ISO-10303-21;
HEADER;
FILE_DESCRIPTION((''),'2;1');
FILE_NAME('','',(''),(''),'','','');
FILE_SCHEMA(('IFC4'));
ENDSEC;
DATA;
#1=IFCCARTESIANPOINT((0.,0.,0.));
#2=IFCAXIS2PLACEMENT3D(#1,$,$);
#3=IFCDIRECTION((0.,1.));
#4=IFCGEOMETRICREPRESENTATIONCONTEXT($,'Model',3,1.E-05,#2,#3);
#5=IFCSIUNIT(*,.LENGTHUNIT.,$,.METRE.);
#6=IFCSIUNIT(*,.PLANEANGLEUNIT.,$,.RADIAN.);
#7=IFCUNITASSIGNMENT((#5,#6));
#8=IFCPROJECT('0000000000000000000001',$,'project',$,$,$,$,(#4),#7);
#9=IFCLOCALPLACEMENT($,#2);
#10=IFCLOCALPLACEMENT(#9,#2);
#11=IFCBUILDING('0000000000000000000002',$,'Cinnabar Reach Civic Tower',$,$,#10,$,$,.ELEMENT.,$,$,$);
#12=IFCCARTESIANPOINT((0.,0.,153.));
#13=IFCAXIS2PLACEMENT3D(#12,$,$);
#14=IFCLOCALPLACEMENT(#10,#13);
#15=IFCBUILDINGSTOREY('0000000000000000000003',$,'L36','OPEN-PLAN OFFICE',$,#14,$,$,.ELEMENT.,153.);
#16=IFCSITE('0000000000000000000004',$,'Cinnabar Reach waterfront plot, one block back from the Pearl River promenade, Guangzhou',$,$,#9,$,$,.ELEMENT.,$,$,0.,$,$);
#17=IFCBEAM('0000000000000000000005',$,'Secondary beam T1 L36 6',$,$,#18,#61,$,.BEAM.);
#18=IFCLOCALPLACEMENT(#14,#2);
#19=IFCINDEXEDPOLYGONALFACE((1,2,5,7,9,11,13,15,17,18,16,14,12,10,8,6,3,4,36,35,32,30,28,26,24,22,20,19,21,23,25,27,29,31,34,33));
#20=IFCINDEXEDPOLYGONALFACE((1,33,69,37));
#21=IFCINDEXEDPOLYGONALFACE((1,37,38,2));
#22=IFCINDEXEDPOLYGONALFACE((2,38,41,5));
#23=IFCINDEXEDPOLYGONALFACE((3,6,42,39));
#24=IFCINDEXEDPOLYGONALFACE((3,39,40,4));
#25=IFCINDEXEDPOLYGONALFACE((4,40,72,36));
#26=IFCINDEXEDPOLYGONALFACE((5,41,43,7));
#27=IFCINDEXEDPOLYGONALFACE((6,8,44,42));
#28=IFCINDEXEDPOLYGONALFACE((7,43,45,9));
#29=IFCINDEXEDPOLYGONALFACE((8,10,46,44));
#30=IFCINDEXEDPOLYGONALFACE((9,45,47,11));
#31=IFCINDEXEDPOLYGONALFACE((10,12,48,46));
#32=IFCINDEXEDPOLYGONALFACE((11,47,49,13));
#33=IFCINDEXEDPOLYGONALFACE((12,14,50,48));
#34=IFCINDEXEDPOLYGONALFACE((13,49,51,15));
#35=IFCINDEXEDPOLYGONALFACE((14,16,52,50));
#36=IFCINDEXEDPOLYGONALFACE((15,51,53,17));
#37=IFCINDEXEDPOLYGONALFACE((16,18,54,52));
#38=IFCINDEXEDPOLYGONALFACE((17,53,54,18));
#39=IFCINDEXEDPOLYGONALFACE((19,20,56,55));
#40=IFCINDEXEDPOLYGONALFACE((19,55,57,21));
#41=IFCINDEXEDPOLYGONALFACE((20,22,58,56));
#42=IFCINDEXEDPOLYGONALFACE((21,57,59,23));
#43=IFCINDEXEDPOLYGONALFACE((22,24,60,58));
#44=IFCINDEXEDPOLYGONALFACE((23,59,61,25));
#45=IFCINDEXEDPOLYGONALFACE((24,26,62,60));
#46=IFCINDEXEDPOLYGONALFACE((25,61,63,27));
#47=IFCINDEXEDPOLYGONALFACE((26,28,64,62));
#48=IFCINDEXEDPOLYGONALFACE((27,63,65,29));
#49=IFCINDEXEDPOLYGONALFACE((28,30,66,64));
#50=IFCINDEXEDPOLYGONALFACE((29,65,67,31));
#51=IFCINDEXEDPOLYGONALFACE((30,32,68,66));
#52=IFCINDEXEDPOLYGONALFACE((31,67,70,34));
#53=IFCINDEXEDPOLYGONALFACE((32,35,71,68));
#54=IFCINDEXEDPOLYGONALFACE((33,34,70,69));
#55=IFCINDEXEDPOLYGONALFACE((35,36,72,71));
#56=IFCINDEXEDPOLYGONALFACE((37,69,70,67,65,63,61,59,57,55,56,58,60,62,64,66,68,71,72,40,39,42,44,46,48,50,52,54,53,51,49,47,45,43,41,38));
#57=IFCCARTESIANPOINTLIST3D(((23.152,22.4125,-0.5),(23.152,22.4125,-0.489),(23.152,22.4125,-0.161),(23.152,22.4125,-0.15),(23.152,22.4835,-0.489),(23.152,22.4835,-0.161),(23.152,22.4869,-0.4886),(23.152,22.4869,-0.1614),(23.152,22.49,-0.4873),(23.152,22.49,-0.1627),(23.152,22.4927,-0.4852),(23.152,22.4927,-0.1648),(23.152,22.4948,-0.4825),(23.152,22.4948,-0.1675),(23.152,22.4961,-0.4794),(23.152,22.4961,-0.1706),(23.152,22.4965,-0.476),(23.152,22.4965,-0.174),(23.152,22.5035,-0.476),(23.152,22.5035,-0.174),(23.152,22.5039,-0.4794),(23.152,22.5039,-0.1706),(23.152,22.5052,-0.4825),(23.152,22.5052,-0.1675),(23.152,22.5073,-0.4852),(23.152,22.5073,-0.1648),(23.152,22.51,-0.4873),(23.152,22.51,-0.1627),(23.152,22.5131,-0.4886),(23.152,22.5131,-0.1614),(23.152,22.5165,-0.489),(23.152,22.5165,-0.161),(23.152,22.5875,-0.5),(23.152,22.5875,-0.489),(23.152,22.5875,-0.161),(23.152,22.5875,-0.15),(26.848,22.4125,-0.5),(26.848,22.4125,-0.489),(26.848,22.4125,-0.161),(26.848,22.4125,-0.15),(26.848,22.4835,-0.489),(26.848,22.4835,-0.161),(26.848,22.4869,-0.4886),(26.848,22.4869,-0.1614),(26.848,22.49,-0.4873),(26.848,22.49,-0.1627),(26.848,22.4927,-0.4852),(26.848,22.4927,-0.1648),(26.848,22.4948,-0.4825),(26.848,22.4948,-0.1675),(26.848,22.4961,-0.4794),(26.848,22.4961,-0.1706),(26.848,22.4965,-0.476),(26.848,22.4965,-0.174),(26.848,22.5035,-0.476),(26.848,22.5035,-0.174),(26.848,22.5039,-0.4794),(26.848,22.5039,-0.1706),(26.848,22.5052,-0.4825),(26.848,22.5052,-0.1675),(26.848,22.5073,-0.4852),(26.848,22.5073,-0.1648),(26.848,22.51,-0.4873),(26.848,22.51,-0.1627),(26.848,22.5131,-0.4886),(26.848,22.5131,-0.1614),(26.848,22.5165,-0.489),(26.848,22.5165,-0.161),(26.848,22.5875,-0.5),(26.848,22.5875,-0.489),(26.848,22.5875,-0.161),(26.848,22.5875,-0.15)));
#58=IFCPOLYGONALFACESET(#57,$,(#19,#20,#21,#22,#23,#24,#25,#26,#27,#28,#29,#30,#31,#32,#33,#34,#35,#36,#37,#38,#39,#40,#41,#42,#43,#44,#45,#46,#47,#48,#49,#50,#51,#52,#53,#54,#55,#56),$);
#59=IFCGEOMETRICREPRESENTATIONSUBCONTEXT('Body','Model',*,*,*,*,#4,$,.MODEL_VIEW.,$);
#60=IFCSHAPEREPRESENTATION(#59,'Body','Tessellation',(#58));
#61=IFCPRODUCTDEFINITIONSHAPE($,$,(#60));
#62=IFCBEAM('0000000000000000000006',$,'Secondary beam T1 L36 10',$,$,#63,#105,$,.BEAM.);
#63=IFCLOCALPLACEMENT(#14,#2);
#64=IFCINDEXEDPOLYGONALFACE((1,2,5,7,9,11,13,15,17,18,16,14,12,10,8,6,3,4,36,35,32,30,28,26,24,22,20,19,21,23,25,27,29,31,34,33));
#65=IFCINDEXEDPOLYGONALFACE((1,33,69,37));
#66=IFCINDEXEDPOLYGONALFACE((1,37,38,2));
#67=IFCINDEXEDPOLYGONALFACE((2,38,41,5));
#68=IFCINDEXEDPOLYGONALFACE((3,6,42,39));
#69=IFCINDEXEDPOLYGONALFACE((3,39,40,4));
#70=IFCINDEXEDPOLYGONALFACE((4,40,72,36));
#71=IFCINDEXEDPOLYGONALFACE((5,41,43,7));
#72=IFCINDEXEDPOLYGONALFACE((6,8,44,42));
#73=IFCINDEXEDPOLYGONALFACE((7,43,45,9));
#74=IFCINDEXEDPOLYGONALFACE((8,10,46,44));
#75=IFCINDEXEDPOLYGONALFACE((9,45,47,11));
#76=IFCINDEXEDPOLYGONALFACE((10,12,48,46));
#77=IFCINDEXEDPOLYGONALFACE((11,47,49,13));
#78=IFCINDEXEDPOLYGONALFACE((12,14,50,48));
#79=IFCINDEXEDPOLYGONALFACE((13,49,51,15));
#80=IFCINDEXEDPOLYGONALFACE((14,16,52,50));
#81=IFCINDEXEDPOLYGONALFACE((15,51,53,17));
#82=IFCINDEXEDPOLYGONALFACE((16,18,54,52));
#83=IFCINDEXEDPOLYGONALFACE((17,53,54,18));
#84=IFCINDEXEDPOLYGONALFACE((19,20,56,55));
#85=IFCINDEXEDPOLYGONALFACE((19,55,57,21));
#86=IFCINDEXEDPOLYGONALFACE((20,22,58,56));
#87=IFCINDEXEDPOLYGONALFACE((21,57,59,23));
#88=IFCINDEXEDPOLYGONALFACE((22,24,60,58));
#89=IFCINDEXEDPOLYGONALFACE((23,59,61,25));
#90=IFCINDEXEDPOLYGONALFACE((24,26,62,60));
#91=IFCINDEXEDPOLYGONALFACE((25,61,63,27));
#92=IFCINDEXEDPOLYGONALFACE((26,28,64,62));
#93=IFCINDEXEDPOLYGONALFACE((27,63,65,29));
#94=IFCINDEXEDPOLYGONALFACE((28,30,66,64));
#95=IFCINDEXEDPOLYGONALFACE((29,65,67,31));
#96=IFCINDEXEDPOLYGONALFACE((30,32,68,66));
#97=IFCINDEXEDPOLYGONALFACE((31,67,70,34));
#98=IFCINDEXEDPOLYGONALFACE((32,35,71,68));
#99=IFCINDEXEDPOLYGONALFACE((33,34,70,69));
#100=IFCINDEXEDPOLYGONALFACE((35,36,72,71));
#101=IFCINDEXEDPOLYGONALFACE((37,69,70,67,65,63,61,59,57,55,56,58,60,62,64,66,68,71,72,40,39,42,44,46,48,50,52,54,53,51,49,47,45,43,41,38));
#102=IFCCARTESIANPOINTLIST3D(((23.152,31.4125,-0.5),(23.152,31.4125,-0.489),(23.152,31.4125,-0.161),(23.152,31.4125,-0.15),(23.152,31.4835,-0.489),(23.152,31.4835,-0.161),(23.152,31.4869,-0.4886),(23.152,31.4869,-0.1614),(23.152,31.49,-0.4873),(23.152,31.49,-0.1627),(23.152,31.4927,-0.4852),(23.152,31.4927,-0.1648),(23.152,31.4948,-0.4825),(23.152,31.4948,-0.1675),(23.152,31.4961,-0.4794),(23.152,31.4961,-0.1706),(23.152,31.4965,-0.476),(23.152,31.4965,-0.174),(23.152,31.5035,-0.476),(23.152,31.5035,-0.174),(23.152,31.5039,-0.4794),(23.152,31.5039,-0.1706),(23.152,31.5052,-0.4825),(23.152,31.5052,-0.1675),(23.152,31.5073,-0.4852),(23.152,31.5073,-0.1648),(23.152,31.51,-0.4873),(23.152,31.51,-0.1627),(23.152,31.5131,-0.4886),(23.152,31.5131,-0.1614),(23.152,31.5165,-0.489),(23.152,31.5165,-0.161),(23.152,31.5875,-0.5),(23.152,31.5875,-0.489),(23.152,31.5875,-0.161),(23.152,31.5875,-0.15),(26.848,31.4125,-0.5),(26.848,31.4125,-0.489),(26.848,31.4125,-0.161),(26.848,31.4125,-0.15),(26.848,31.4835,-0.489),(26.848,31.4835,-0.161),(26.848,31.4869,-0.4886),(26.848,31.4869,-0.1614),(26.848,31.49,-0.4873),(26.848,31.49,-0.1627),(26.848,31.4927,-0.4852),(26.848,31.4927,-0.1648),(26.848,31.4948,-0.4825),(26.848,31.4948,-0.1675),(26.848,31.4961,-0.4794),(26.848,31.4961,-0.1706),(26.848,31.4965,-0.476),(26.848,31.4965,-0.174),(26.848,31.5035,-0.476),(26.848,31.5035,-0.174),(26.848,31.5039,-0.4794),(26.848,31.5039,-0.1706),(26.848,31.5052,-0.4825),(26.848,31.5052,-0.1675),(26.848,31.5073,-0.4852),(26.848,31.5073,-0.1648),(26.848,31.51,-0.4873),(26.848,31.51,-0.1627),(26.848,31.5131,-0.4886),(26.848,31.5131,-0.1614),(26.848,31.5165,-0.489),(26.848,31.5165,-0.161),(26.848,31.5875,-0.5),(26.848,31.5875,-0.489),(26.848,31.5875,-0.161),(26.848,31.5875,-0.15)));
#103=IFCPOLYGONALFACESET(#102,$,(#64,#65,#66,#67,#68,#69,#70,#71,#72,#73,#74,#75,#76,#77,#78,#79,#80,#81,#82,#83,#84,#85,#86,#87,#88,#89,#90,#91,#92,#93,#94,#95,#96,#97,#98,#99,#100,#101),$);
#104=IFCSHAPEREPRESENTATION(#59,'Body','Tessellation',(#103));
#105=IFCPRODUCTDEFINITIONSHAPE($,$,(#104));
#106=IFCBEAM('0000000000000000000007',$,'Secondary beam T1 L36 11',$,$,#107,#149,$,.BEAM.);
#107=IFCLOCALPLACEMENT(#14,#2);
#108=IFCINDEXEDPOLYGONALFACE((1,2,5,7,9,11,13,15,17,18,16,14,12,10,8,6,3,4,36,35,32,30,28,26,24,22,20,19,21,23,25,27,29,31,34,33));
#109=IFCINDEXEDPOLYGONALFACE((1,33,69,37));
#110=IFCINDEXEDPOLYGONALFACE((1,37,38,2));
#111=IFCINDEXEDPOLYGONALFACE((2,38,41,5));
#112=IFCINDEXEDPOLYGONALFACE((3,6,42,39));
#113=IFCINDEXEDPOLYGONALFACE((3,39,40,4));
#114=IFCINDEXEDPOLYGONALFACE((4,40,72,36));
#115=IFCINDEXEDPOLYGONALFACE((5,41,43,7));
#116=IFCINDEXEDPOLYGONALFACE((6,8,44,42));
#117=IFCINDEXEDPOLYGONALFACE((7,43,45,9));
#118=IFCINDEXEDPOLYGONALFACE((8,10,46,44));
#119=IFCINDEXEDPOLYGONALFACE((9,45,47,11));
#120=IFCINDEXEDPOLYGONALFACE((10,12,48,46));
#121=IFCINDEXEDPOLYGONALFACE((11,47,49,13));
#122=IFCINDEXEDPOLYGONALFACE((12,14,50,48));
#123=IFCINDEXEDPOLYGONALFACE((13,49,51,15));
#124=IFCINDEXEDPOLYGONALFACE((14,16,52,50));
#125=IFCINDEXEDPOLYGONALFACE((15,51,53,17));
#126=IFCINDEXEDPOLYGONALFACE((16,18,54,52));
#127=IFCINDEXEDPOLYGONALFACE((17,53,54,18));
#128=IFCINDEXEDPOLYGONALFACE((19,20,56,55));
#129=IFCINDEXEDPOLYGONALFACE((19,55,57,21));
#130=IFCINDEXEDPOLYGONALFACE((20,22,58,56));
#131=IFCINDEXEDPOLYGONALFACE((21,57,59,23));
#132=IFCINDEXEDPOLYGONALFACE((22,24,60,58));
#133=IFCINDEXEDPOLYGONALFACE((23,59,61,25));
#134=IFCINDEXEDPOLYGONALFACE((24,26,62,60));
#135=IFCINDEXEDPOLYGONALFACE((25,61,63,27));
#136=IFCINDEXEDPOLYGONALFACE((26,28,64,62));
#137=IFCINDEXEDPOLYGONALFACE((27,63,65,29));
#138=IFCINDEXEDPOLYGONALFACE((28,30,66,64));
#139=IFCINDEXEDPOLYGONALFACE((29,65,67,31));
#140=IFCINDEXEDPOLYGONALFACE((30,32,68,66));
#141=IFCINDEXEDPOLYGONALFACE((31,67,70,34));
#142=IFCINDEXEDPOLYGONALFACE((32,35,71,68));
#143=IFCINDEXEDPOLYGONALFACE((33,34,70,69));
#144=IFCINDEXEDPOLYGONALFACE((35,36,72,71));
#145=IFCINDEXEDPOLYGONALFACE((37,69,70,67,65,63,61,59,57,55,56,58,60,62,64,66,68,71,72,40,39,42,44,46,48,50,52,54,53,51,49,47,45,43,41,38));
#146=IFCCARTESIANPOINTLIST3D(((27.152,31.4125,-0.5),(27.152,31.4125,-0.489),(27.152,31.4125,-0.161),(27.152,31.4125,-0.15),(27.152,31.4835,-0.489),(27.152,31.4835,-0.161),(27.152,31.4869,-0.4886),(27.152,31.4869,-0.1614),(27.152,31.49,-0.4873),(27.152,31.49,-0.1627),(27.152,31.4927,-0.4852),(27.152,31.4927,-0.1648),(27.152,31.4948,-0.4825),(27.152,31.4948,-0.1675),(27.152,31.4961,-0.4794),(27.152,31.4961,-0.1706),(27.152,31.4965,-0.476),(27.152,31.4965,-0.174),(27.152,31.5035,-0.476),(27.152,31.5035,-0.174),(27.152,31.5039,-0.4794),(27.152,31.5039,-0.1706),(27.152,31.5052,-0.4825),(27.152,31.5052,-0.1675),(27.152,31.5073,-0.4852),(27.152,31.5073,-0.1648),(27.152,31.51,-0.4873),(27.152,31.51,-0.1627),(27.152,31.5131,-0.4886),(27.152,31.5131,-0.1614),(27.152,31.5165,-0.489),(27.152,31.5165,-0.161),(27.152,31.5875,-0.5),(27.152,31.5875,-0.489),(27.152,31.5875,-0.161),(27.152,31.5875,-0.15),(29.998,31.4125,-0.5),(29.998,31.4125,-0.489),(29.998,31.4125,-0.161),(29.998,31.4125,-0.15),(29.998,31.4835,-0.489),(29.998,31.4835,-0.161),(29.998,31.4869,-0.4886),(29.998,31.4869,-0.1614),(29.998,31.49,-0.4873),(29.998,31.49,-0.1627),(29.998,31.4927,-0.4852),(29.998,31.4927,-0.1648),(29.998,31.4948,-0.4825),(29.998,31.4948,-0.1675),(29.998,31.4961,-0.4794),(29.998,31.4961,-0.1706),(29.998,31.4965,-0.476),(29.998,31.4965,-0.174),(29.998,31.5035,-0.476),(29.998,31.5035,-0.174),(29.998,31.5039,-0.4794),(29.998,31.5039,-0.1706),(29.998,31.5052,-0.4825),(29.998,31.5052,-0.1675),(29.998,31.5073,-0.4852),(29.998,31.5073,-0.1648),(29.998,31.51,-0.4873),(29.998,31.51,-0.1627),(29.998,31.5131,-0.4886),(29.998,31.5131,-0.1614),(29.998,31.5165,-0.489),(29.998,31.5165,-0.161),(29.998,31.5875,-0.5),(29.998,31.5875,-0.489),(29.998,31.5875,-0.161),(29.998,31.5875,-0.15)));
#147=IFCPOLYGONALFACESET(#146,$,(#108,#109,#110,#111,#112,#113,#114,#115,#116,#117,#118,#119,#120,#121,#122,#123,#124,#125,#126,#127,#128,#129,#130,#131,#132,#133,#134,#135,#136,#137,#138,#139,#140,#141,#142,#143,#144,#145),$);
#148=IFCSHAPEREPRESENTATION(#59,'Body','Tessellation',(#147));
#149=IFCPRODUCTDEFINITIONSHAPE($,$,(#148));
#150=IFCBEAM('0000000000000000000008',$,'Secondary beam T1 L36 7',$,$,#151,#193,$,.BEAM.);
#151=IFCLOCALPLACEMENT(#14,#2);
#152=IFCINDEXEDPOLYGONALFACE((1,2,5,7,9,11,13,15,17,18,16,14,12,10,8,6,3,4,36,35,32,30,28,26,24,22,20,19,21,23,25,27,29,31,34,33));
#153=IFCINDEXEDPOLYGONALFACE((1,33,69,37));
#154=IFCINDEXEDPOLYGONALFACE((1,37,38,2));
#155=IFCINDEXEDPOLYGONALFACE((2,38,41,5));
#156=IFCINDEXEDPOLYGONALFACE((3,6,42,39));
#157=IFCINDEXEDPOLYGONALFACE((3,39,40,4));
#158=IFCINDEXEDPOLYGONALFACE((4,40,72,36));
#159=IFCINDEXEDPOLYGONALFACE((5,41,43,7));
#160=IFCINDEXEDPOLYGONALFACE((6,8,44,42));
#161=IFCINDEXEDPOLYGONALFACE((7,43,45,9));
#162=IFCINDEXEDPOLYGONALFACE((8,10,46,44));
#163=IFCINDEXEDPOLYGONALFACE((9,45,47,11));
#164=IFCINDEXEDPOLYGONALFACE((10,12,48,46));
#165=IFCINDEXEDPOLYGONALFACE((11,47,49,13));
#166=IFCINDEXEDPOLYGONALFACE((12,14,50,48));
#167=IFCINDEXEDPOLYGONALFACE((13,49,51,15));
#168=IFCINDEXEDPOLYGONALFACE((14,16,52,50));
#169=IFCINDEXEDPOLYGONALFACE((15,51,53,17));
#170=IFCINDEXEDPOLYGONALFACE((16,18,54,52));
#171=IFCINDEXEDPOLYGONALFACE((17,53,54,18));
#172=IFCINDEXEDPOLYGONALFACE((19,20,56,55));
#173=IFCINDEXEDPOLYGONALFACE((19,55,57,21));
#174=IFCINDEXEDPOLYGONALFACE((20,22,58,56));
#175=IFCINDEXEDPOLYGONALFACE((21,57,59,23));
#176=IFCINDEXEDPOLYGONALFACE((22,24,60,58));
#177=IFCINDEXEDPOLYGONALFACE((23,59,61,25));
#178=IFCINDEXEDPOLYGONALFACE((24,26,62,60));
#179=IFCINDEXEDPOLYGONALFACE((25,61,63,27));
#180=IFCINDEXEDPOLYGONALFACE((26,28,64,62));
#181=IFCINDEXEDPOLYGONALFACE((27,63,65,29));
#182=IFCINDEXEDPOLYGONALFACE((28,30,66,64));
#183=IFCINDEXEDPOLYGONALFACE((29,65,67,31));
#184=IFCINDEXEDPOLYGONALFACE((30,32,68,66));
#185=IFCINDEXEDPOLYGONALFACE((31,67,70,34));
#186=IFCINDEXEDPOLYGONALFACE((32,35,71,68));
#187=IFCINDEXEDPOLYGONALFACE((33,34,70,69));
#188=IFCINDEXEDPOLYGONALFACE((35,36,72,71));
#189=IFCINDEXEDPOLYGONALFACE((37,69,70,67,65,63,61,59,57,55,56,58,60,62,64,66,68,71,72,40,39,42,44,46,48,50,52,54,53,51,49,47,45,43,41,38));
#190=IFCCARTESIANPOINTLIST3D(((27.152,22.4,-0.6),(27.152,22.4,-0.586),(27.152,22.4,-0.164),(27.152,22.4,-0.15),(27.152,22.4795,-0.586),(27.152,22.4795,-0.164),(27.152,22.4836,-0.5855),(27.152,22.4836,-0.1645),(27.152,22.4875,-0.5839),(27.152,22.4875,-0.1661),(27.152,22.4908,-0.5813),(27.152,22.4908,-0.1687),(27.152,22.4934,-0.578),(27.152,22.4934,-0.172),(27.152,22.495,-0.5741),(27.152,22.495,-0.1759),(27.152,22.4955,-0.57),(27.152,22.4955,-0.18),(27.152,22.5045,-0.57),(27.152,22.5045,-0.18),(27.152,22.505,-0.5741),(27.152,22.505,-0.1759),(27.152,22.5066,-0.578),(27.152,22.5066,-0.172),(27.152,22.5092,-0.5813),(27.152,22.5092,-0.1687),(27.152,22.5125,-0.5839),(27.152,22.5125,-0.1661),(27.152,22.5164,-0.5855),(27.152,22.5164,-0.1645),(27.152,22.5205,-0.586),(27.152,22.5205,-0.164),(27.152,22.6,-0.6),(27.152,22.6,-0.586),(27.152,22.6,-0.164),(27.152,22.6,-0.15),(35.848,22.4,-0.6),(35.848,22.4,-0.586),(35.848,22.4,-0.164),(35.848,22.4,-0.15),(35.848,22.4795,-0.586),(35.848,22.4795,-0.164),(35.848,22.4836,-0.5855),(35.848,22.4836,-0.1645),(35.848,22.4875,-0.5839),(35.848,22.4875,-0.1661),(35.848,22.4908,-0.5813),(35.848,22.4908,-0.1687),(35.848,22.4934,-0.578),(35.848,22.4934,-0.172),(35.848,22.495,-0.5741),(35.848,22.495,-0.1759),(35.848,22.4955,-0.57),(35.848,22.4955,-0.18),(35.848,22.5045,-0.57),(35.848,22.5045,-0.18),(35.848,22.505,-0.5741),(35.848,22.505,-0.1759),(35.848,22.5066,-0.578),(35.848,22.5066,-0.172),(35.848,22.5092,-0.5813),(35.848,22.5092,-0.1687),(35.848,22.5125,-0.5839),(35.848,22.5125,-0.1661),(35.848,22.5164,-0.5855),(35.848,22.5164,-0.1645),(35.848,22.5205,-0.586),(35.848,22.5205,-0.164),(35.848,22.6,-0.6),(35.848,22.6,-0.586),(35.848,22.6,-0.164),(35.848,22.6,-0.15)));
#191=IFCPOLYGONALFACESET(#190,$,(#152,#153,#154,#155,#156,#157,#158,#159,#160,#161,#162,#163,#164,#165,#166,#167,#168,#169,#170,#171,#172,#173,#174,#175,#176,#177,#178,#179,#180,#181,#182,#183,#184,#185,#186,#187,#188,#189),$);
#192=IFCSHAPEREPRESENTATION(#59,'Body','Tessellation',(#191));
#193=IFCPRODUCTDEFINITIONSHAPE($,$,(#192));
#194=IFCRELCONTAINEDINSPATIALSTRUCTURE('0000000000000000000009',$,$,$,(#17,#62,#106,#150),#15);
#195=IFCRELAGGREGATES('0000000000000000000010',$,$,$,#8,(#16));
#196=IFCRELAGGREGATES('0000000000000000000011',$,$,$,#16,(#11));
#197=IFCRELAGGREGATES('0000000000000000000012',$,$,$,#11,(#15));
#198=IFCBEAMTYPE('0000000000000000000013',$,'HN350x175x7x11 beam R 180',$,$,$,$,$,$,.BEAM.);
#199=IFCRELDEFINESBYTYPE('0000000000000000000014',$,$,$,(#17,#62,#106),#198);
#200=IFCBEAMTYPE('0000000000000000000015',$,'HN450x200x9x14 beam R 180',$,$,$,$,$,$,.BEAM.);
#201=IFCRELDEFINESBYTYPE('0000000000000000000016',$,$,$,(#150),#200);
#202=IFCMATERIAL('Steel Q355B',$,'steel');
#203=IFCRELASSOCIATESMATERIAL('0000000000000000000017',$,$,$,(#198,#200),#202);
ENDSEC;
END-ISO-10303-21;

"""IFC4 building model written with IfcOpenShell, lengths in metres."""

from ifc_helpers import new_model, si_unit, direction, frame, origin, origin_2d, place, context, subcontext, project, spatial, i_section, extrude, material, material_profile, profile_set, type_object, element, save


model = new_model("IFC4")

# Units and contexts
model_context = context("Model", 3, precision=1e-05, world=origin(), true_north=direction((0.0, 1.0)))
body_context = subcontext(model_context, "Body", "Model", "MODEL_VIEW")
ifc_project = project(units=[si_unit("LENGTHUNIT", "METRE"), si_unit("PLANEANGLEUNIT", "RADIAN")], contexts=[model_context])

# Site, building, storey
site_placement = place(None, origin())
site = spatial("IfcSite", under=ifc_project, at=site_placement, Name="Cinnabar Reach waterfront plot, one block back from the Pearl River promenade, Guangzhou", CompositionType="ELEMENT", RefElevation=0.0)
building_placement = place(site_placement, origin())
building = spatial("IfcBuilding", under=site, at=building_placement, Name="Cinnabar Reach Civic Tower", CompositionType="ELEMENT")
storey_placement = place(building_placement, frame((0.0, 0.0, 153.0)))
storey = spatial("IfcBuildingStorey", under=building, at=storey_placement, Name="L36", Description="OPEN-PLAN OFFICE", CompositionType="ELEMENT", Elevation=153.0)

# Beams
ifc_material_1 = material(Name="Steel Q355B", Category="steel")
ifc_material_profile_1 = material_profile(ifc_material_1, i_section(OverallWidth=0.175, OverallDepth=0.35, WebThickness=0.007, FlangeThickness=0.011, FilletRadius=0.013, at=origin_2d()), Name="HN350x175x7x11")
ifc_profile_set_1 = profile_set([ifc_material_profile_1], Name="Steel Q355B")
beam_type_1 = type_object("IfcBeamType", Name="HN350x175x7x11 beam R 180", PredefinedType="BEAM", material=ifc_profile_set_1)
for number, where, z_axis, x_axis, name in (
    (1, (23.152, 22.5, -0.325), (1.0, 0.0, 0.0), (0.0, 1.0, 0.0), "Secondary beam T1 L36 6"),
    (2, (23.152, 31.5, -0.325), (1.0, 0.0, 0.0), (0.0, 1.0, 0.0), "Secondary beam T1 L36 10"),
):
    element("IfcBeam", number, at=place(storey_placement, frame(where, z_axis=z_axis, x_axis=x_axis)), inside=storey, type_object=beam_type_1, Name=name, PredefinedType="BEAM", context=body_context, shape_type="SweptSolid", body=[
        extrude(i_section(OverallWidth=0.175, OverallDepth=0.35, WebThickness=0.007, FlangeThickness=0.011, FilletRadius=0.013, at=origin_2d()), origin(), (0.0, 0.0, 1.0), 3.696),
    ])
beam_1_placement = place(storey_placement, frame((27.152, 31.5, -0.325), z_axis=(1.0, 0.0, 0.0), x_axis=(0.0, 1.0, 0.0)))
element("IfcBeam", 3, at=beam_1_placement, inside=storey, type_object=beam_type_1, Name="Secondary beam T1 L36 11", PredefinedType="BEAM", context=body_context, shape_type="SweptSolid", body=[
    extrude(i_section(OverallWidth=0.175, OverallDepth=0.35, WebThickness=0.007, FlangeThickness=0.011, FilletRadius=0.013, at=origin_2d()), origin(), (0.0, 0.0, 1.0), 2.846),
])
ifc_material_profile_2 = material_profile(ifc_material_1, i_section(OverallWidth=0.2, OverallDepth=0.45, WebThickness=0.009, FlangeThickness=0.014, FilletRadius=0.016, at=origin_2d()), Name="HN450x200x9x14")
ifc_profile_set_2 = profile_set([ifc_material_profile_2], Name="Steel Q355B")
beam_type_2 = type_object("IfcBeamType", Name="HN450x200x9x14 beam R 180", PredefinedType="BEAM", material=ifc_profile_set_2)
beam_2_placement = place(storey_placement, frame((27.152, 22.5, -0.375), z_axis=(1.0, 0.0, 0.0), x_axis=(0.0, 1.0, 0.0)))
element("IfcBeam", 4, at=beam_2_placement, inside=storey, type_object=beam_type_2, Name="Secondary beam T1 L36 7", PredefinedType="BEAM", context=body_context, shape_type="SweptSolid", body=[
    extrude(i_section(OverallWidth=0.2, OverallDepth=0.45, WebThickness=0.009, FlangeThickness=0.014, FilletRadius=0.016, at=origin_2d()), origin(), (0.0, 0.0, 1.0), 8.696),
])

save(model, "model.ifc")
